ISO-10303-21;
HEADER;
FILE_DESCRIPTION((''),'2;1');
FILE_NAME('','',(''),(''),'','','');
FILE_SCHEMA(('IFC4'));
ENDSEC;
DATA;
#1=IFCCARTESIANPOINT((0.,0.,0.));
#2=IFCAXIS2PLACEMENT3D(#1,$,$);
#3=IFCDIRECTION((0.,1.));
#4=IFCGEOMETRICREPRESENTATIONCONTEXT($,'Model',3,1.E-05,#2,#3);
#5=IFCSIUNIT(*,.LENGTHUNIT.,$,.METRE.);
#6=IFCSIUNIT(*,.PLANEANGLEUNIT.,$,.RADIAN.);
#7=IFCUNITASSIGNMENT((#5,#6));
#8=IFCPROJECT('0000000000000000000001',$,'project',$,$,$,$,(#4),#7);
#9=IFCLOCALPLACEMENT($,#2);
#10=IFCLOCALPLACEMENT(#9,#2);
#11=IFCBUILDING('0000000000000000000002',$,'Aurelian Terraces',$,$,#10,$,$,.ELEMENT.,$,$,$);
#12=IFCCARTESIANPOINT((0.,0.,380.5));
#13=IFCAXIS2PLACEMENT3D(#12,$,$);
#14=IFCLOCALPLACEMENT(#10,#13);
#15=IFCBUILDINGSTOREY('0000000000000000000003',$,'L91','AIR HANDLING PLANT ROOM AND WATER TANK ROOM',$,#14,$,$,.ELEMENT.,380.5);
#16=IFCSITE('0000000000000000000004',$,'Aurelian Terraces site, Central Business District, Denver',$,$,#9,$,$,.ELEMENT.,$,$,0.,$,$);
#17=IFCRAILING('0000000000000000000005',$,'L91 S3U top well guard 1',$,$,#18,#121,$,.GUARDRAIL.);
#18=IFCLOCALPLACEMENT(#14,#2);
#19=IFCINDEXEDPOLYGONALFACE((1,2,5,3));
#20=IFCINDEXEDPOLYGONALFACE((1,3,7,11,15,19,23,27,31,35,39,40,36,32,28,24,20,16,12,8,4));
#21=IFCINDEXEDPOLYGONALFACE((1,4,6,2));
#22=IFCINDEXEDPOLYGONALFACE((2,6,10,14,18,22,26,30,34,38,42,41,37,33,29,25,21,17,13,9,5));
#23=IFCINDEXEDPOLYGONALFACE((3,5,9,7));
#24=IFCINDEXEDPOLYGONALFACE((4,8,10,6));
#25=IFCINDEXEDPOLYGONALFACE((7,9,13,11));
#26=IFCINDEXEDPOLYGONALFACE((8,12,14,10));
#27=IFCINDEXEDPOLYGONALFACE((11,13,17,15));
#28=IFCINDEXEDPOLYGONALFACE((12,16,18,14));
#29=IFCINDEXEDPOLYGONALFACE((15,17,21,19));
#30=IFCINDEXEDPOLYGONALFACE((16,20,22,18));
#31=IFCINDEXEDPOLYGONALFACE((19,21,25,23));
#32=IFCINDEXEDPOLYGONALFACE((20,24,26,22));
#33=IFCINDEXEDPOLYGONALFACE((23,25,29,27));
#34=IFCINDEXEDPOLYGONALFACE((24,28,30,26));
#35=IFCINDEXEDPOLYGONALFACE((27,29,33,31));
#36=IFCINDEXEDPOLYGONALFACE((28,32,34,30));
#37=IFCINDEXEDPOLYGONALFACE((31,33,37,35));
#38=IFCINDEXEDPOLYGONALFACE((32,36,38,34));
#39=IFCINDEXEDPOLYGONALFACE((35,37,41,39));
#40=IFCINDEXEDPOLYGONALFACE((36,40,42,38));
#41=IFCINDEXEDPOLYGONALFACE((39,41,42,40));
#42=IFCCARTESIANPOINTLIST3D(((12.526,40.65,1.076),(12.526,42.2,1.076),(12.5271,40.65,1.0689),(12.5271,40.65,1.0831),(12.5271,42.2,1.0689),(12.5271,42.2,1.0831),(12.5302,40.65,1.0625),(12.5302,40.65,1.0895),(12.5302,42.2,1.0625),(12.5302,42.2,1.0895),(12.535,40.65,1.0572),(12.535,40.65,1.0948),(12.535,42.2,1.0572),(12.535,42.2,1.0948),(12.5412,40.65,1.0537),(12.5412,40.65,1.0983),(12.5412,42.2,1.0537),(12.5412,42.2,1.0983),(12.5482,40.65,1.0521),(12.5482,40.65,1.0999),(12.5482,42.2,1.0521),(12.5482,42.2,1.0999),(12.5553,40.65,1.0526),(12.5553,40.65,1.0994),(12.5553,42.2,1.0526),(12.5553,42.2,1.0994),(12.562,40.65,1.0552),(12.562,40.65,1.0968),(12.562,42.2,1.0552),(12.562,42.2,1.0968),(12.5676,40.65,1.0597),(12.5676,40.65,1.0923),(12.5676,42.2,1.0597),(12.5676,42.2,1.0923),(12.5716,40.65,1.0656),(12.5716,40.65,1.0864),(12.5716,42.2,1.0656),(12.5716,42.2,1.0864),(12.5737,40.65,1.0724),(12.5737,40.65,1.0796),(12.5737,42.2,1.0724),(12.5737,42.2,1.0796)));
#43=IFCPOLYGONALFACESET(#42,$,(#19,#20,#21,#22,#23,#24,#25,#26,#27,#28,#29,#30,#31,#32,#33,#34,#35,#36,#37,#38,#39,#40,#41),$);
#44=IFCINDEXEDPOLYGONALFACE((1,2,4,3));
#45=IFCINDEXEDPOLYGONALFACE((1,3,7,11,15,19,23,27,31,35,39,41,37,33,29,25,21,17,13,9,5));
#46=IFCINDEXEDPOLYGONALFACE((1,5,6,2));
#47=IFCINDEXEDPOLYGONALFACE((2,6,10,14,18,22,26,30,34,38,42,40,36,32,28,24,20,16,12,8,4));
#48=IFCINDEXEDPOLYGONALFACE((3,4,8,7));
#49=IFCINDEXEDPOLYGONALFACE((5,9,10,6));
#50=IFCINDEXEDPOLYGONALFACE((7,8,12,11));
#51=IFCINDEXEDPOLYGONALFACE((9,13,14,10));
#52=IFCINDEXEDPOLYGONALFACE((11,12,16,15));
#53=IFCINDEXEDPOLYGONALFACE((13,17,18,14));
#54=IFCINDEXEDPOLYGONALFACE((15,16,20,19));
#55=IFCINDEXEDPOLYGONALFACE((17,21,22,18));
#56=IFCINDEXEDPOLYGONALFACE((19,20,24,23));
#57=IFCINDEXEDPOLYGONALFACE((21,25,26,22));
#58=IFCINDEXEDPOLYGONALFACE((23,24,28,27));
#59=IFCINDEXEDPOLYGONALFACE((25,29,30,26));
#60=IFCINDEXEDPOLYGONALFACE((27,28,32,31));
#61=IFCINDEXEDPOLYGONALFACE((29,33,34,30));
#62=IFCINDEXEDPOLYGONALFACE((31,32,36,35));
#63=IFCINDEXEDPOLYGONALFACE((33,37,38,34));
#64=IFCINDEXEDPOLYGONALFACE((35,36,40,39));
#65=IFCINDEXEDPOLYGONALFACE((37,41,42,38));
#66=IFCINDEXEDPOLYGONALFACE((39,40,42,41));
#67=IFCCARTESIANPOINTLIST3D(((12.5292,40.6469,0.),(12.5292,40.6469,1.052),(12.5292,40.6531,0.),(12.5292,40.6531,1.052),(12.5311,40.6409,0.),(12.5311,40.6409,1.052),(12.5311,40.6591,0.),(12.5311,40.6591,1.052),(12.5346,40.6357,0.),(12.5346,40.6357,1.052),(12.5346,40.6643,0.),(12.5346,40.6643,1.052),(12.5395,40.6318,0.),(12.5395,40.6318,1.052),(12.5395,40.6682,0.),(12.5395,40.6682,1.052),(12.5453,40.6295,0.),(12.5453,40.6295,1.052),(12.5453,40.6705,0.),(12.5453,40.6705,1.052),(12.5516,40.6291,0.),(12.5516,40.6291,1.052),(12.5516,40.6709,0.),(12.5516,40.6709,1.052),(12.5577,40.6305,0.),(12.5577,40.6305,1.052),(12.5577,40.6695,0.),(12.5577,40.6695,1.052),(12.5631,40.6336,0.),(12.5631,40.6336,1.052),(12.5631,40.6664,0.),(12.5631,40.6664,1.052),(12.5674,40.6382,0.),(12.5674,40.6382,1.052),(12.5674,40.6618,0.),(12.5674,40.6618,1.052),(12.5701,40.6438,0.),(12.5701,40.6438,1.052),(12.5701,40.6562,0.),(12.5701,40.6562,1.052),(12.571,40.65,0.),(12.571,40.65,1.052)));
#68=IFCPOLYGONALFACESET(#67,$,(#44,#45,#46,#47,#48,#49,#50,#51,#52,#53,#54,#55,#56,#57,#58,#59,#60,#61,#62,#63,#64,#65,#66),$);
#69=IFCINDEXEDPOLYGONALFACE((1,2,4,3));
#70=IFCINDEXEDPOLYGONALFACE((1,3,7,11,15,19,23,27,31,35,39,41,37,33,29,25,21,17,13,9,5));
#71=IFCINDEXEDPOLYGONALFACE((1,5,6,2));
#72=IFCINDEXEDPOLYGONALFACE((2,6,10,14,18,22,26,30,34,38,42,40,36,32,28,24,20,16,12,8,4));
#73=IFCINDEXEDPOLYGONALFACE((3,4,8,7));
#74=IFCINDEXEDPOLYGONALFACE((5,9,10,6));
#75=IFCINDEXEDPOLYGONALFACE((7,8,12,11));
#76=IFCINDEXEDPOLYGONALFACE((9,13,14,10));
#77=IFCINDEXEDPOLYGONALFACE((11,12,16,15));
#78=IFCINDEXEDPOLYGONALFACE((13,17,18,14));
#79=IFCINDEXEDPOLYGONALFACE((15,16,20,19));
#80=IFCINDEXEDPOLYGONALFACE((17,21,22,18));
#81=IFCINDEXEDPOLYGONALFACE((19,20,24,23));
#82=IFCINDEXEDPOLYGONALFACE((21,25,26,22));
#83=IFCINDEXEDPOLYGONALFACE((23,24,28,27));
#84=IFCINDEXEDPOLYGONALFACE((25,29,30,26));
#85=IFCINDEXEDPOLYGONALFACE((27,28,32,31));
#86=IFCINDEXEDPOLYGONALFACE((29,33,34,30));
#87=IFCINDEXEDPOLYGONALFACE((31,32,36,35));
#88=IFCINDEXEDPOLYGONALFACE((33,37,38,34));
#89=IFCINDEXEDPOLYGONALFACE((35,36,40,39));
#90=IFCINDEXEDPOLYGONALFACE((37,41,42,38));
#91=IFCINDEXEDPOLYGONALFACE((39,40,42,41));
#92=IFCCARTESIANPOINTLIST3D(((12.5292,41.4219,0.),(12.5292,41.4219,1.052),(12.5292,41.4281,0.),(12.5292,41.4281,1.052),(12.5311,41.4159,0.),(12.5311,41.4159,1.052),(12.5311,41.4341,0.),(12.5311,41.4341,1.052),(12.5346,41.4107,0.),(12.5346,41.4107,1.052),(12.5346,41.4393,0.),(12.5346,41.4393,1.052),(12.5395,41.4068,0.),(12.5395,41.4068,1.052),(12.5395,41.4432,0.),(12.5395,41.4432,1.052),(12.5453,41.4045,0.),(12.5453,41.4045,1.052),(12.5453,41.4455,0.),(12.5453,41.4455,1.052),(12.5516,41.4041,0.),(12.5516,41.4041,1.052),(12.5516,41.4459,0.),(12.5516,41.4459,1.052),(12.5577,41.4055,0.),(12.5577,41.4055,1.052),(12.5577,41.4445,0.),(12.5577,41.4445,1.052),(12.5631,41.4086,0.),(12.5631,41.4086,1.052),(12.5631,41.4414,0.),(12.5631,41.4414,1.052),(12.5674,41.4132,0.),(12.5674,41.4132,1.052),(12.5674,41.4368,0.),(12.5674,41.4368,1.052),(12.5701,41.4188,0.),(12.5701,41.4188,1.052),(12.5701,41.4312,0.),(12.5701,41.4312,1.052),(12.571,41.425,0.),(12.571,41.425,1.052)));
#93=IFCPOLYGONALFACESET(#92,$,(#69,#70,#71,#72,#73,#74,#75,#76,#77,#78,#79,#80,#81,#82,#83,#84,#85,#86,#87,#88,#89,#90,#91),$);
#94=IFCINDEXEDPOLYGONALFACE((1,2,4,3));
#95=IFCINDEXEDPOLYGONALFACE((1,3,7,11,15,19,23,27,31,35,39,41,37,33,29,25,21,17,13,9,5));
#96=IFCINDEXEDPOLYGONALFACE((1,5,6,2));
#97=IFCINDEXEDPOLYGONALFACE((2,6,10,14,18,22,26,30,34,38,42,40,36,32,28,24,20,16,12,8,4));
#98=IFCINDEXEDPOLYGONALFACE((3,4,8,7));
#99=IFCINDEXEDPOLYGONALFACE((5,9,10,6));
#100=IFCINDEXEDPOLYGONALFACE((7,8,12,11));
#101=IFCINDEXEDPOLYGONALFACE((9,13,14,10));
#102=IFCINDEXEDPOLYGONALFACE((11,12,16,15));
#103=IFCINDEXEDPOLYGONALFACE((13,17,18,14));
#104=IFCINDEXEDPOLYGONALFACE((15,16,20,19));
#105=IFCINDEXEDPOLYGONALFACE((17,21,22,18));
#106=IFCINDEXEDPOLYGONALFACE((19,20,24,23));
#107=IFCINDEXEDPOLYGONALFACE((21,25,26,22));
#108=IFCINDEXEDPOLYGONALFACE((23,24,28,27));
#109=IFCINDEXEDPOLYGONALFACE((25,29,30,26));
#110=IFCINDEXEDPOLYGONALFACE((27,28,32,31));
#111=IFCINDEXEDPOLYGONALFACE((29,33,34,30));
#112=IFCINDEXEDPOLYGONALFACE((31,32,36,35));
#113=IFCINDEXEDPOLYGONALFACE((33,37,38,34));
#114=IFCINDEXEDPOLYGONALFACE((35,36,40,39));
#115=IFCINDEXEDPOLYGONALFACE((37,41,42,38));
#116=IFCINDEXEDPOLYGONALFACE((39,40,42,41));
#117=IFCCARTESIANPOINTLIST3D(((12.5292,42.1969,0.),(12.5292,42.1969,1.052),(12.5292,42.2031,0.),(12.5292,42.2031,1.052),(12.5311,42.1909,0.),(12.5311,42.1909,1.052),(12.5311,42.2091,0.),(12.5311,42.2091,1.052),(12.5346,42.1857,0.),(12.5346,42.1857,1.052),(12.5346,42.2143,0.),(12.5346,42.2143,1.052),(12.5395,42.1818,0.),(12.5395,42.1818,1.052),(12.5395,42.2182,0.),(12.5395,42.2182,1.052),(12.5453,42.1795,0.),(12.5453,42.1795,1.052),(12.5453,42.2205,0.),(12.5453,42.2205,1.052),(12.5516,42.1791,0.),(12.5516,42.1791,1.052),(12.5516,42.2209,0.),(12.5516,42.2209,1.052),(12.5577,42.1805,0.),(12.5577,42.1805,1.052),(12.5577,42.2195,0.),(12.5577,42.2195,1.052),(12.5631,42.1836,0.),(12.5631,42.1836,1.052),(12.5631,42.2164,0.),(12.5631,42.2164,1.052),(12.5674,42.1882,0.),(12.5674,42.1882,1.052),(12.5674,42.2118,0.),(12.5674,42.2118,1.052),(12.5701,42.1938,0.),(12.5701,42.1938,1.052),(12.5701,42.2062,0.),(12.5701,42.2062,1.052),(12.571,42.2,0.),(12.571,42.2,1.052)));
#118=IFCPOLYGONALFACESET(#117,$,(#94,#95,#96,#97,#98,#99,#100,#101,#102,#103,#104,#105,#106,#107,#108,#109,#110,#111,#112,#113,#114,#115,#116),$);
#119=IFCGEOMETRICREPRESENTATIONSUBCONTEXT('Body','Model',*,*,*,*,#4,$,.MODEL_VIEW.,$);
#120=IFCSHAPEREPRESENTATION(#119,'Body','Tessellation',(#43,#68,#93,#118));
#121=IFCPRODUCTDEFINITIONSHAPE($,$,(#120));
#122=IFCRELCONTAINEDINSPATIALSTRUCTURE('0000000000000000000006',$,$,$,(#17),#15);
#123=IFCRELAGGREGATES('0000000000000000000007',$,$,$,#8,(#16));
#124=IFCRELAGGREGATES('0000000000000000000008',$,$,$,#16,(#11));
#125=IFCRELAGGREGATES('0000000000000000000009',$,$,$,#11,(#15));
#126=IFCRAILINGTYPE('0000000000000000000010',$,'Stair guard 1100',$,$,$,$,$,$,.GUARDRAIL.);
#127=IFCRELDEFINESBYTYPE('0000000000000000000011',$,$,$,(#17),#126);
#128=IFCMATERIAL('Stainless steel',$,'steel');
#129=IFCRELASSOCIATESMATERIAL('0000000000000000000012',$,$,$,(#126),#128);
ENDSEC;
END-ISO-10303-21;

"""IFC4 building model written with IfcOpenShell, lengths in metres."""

from ifc_helpers import new_model, si_unit, direction, frame, origin, origin_2d, place, context, subcontext, project, spatial, circle, extrude, source, transform, mapped, material, type_object, element, save


model = new_model("IFC4")

# Units and contexts
model_context = context("Model", 3, precision=1e-05, world=origin(), true_north=direction((0.0, 1.0)))
body_context = subcontext(model_context, "Body", "Model", "MODEL_VIEW")
ifc_project = project(units=[si_unit("LENGTHUNIT", "METRE"), si_unit("PLANEANGLEUNIT", "RADIAN")], contexts=[model_context])

# Site, building, storey
site_placement = place(None, origin())
site = spatial("IfcSite", under=ifc_project, at=site_placement, Name="Aurelian Terraces site, Central Business District, Denver", CompositionType="ELEMENT", RefElevation=0.0)
building_placement = place(site_placement, origin())
building = spatial("IfcBuilding", under=site, at=building_placement, Name="Aurelian Terraces", CompositionType="ELEMENT")
storey_placement = place(building_placement, frame((0.0, 0.0, 380.5)))
storey = spatial("IfcBuildingStorey", under=building, at=storey_placement, Name="L91", Description="AIR HANDLING PLANT ROOM AND WATER TANK ROOM", CompositionType="ELEMENT", Elevation=380.5)

# Railing
ifc_material_1 = material(Name="Stainless steel", Category="steel")
railing_type = type_object("IfcRailingType", Name="Stair guard 1100", PredefinedType="GUARDRAIL", material=ifc_material_1)
shared_shape_1 = source(origin(), body_context, "Body", "SweptSolid", [
    extrude(circle(Radius=0.024, at=origin_2d()), frame((0.0, 0.0, 1.076), z_axis=(0.0, 1.0, 0.0), x_axis=(-1.0, 0.0, 0.0)), (0.0, 0.0, 1.0), 1.55),
    extrude(circle(Radius=0.021, at=origin_2d()), origin(), (0.0, 0.0, 1.0), 1.052),
    extrude(circle(Radius=0.021, at=origin_2d()), frame((0.0, 0.775, 0.0)), (0.0, 0.0, 1.0), 1.052),
    extrude(circle(Radius=0.021, at=origin_2d()), frame((0.0, 1.55, 0.0)), (0.0, 0.0, 1.0), 1.052),
])
railing_placement = place(storey_placement, frame((12.55, 40.65, 0.0)))
element("IfcRailing", 1, at=railing_placement, inside=storey, type_object=railing_type, Name="L91 S3U top well guard 1", PredefinedType="GUARDRAIL", context=body_context, shape_type="MappedRepresentation", body=[
    mapped(shared_shape_1, transform((0.0, 0.0, 0.0), scale=1.0)),
])

save(model, "model.ifc")
